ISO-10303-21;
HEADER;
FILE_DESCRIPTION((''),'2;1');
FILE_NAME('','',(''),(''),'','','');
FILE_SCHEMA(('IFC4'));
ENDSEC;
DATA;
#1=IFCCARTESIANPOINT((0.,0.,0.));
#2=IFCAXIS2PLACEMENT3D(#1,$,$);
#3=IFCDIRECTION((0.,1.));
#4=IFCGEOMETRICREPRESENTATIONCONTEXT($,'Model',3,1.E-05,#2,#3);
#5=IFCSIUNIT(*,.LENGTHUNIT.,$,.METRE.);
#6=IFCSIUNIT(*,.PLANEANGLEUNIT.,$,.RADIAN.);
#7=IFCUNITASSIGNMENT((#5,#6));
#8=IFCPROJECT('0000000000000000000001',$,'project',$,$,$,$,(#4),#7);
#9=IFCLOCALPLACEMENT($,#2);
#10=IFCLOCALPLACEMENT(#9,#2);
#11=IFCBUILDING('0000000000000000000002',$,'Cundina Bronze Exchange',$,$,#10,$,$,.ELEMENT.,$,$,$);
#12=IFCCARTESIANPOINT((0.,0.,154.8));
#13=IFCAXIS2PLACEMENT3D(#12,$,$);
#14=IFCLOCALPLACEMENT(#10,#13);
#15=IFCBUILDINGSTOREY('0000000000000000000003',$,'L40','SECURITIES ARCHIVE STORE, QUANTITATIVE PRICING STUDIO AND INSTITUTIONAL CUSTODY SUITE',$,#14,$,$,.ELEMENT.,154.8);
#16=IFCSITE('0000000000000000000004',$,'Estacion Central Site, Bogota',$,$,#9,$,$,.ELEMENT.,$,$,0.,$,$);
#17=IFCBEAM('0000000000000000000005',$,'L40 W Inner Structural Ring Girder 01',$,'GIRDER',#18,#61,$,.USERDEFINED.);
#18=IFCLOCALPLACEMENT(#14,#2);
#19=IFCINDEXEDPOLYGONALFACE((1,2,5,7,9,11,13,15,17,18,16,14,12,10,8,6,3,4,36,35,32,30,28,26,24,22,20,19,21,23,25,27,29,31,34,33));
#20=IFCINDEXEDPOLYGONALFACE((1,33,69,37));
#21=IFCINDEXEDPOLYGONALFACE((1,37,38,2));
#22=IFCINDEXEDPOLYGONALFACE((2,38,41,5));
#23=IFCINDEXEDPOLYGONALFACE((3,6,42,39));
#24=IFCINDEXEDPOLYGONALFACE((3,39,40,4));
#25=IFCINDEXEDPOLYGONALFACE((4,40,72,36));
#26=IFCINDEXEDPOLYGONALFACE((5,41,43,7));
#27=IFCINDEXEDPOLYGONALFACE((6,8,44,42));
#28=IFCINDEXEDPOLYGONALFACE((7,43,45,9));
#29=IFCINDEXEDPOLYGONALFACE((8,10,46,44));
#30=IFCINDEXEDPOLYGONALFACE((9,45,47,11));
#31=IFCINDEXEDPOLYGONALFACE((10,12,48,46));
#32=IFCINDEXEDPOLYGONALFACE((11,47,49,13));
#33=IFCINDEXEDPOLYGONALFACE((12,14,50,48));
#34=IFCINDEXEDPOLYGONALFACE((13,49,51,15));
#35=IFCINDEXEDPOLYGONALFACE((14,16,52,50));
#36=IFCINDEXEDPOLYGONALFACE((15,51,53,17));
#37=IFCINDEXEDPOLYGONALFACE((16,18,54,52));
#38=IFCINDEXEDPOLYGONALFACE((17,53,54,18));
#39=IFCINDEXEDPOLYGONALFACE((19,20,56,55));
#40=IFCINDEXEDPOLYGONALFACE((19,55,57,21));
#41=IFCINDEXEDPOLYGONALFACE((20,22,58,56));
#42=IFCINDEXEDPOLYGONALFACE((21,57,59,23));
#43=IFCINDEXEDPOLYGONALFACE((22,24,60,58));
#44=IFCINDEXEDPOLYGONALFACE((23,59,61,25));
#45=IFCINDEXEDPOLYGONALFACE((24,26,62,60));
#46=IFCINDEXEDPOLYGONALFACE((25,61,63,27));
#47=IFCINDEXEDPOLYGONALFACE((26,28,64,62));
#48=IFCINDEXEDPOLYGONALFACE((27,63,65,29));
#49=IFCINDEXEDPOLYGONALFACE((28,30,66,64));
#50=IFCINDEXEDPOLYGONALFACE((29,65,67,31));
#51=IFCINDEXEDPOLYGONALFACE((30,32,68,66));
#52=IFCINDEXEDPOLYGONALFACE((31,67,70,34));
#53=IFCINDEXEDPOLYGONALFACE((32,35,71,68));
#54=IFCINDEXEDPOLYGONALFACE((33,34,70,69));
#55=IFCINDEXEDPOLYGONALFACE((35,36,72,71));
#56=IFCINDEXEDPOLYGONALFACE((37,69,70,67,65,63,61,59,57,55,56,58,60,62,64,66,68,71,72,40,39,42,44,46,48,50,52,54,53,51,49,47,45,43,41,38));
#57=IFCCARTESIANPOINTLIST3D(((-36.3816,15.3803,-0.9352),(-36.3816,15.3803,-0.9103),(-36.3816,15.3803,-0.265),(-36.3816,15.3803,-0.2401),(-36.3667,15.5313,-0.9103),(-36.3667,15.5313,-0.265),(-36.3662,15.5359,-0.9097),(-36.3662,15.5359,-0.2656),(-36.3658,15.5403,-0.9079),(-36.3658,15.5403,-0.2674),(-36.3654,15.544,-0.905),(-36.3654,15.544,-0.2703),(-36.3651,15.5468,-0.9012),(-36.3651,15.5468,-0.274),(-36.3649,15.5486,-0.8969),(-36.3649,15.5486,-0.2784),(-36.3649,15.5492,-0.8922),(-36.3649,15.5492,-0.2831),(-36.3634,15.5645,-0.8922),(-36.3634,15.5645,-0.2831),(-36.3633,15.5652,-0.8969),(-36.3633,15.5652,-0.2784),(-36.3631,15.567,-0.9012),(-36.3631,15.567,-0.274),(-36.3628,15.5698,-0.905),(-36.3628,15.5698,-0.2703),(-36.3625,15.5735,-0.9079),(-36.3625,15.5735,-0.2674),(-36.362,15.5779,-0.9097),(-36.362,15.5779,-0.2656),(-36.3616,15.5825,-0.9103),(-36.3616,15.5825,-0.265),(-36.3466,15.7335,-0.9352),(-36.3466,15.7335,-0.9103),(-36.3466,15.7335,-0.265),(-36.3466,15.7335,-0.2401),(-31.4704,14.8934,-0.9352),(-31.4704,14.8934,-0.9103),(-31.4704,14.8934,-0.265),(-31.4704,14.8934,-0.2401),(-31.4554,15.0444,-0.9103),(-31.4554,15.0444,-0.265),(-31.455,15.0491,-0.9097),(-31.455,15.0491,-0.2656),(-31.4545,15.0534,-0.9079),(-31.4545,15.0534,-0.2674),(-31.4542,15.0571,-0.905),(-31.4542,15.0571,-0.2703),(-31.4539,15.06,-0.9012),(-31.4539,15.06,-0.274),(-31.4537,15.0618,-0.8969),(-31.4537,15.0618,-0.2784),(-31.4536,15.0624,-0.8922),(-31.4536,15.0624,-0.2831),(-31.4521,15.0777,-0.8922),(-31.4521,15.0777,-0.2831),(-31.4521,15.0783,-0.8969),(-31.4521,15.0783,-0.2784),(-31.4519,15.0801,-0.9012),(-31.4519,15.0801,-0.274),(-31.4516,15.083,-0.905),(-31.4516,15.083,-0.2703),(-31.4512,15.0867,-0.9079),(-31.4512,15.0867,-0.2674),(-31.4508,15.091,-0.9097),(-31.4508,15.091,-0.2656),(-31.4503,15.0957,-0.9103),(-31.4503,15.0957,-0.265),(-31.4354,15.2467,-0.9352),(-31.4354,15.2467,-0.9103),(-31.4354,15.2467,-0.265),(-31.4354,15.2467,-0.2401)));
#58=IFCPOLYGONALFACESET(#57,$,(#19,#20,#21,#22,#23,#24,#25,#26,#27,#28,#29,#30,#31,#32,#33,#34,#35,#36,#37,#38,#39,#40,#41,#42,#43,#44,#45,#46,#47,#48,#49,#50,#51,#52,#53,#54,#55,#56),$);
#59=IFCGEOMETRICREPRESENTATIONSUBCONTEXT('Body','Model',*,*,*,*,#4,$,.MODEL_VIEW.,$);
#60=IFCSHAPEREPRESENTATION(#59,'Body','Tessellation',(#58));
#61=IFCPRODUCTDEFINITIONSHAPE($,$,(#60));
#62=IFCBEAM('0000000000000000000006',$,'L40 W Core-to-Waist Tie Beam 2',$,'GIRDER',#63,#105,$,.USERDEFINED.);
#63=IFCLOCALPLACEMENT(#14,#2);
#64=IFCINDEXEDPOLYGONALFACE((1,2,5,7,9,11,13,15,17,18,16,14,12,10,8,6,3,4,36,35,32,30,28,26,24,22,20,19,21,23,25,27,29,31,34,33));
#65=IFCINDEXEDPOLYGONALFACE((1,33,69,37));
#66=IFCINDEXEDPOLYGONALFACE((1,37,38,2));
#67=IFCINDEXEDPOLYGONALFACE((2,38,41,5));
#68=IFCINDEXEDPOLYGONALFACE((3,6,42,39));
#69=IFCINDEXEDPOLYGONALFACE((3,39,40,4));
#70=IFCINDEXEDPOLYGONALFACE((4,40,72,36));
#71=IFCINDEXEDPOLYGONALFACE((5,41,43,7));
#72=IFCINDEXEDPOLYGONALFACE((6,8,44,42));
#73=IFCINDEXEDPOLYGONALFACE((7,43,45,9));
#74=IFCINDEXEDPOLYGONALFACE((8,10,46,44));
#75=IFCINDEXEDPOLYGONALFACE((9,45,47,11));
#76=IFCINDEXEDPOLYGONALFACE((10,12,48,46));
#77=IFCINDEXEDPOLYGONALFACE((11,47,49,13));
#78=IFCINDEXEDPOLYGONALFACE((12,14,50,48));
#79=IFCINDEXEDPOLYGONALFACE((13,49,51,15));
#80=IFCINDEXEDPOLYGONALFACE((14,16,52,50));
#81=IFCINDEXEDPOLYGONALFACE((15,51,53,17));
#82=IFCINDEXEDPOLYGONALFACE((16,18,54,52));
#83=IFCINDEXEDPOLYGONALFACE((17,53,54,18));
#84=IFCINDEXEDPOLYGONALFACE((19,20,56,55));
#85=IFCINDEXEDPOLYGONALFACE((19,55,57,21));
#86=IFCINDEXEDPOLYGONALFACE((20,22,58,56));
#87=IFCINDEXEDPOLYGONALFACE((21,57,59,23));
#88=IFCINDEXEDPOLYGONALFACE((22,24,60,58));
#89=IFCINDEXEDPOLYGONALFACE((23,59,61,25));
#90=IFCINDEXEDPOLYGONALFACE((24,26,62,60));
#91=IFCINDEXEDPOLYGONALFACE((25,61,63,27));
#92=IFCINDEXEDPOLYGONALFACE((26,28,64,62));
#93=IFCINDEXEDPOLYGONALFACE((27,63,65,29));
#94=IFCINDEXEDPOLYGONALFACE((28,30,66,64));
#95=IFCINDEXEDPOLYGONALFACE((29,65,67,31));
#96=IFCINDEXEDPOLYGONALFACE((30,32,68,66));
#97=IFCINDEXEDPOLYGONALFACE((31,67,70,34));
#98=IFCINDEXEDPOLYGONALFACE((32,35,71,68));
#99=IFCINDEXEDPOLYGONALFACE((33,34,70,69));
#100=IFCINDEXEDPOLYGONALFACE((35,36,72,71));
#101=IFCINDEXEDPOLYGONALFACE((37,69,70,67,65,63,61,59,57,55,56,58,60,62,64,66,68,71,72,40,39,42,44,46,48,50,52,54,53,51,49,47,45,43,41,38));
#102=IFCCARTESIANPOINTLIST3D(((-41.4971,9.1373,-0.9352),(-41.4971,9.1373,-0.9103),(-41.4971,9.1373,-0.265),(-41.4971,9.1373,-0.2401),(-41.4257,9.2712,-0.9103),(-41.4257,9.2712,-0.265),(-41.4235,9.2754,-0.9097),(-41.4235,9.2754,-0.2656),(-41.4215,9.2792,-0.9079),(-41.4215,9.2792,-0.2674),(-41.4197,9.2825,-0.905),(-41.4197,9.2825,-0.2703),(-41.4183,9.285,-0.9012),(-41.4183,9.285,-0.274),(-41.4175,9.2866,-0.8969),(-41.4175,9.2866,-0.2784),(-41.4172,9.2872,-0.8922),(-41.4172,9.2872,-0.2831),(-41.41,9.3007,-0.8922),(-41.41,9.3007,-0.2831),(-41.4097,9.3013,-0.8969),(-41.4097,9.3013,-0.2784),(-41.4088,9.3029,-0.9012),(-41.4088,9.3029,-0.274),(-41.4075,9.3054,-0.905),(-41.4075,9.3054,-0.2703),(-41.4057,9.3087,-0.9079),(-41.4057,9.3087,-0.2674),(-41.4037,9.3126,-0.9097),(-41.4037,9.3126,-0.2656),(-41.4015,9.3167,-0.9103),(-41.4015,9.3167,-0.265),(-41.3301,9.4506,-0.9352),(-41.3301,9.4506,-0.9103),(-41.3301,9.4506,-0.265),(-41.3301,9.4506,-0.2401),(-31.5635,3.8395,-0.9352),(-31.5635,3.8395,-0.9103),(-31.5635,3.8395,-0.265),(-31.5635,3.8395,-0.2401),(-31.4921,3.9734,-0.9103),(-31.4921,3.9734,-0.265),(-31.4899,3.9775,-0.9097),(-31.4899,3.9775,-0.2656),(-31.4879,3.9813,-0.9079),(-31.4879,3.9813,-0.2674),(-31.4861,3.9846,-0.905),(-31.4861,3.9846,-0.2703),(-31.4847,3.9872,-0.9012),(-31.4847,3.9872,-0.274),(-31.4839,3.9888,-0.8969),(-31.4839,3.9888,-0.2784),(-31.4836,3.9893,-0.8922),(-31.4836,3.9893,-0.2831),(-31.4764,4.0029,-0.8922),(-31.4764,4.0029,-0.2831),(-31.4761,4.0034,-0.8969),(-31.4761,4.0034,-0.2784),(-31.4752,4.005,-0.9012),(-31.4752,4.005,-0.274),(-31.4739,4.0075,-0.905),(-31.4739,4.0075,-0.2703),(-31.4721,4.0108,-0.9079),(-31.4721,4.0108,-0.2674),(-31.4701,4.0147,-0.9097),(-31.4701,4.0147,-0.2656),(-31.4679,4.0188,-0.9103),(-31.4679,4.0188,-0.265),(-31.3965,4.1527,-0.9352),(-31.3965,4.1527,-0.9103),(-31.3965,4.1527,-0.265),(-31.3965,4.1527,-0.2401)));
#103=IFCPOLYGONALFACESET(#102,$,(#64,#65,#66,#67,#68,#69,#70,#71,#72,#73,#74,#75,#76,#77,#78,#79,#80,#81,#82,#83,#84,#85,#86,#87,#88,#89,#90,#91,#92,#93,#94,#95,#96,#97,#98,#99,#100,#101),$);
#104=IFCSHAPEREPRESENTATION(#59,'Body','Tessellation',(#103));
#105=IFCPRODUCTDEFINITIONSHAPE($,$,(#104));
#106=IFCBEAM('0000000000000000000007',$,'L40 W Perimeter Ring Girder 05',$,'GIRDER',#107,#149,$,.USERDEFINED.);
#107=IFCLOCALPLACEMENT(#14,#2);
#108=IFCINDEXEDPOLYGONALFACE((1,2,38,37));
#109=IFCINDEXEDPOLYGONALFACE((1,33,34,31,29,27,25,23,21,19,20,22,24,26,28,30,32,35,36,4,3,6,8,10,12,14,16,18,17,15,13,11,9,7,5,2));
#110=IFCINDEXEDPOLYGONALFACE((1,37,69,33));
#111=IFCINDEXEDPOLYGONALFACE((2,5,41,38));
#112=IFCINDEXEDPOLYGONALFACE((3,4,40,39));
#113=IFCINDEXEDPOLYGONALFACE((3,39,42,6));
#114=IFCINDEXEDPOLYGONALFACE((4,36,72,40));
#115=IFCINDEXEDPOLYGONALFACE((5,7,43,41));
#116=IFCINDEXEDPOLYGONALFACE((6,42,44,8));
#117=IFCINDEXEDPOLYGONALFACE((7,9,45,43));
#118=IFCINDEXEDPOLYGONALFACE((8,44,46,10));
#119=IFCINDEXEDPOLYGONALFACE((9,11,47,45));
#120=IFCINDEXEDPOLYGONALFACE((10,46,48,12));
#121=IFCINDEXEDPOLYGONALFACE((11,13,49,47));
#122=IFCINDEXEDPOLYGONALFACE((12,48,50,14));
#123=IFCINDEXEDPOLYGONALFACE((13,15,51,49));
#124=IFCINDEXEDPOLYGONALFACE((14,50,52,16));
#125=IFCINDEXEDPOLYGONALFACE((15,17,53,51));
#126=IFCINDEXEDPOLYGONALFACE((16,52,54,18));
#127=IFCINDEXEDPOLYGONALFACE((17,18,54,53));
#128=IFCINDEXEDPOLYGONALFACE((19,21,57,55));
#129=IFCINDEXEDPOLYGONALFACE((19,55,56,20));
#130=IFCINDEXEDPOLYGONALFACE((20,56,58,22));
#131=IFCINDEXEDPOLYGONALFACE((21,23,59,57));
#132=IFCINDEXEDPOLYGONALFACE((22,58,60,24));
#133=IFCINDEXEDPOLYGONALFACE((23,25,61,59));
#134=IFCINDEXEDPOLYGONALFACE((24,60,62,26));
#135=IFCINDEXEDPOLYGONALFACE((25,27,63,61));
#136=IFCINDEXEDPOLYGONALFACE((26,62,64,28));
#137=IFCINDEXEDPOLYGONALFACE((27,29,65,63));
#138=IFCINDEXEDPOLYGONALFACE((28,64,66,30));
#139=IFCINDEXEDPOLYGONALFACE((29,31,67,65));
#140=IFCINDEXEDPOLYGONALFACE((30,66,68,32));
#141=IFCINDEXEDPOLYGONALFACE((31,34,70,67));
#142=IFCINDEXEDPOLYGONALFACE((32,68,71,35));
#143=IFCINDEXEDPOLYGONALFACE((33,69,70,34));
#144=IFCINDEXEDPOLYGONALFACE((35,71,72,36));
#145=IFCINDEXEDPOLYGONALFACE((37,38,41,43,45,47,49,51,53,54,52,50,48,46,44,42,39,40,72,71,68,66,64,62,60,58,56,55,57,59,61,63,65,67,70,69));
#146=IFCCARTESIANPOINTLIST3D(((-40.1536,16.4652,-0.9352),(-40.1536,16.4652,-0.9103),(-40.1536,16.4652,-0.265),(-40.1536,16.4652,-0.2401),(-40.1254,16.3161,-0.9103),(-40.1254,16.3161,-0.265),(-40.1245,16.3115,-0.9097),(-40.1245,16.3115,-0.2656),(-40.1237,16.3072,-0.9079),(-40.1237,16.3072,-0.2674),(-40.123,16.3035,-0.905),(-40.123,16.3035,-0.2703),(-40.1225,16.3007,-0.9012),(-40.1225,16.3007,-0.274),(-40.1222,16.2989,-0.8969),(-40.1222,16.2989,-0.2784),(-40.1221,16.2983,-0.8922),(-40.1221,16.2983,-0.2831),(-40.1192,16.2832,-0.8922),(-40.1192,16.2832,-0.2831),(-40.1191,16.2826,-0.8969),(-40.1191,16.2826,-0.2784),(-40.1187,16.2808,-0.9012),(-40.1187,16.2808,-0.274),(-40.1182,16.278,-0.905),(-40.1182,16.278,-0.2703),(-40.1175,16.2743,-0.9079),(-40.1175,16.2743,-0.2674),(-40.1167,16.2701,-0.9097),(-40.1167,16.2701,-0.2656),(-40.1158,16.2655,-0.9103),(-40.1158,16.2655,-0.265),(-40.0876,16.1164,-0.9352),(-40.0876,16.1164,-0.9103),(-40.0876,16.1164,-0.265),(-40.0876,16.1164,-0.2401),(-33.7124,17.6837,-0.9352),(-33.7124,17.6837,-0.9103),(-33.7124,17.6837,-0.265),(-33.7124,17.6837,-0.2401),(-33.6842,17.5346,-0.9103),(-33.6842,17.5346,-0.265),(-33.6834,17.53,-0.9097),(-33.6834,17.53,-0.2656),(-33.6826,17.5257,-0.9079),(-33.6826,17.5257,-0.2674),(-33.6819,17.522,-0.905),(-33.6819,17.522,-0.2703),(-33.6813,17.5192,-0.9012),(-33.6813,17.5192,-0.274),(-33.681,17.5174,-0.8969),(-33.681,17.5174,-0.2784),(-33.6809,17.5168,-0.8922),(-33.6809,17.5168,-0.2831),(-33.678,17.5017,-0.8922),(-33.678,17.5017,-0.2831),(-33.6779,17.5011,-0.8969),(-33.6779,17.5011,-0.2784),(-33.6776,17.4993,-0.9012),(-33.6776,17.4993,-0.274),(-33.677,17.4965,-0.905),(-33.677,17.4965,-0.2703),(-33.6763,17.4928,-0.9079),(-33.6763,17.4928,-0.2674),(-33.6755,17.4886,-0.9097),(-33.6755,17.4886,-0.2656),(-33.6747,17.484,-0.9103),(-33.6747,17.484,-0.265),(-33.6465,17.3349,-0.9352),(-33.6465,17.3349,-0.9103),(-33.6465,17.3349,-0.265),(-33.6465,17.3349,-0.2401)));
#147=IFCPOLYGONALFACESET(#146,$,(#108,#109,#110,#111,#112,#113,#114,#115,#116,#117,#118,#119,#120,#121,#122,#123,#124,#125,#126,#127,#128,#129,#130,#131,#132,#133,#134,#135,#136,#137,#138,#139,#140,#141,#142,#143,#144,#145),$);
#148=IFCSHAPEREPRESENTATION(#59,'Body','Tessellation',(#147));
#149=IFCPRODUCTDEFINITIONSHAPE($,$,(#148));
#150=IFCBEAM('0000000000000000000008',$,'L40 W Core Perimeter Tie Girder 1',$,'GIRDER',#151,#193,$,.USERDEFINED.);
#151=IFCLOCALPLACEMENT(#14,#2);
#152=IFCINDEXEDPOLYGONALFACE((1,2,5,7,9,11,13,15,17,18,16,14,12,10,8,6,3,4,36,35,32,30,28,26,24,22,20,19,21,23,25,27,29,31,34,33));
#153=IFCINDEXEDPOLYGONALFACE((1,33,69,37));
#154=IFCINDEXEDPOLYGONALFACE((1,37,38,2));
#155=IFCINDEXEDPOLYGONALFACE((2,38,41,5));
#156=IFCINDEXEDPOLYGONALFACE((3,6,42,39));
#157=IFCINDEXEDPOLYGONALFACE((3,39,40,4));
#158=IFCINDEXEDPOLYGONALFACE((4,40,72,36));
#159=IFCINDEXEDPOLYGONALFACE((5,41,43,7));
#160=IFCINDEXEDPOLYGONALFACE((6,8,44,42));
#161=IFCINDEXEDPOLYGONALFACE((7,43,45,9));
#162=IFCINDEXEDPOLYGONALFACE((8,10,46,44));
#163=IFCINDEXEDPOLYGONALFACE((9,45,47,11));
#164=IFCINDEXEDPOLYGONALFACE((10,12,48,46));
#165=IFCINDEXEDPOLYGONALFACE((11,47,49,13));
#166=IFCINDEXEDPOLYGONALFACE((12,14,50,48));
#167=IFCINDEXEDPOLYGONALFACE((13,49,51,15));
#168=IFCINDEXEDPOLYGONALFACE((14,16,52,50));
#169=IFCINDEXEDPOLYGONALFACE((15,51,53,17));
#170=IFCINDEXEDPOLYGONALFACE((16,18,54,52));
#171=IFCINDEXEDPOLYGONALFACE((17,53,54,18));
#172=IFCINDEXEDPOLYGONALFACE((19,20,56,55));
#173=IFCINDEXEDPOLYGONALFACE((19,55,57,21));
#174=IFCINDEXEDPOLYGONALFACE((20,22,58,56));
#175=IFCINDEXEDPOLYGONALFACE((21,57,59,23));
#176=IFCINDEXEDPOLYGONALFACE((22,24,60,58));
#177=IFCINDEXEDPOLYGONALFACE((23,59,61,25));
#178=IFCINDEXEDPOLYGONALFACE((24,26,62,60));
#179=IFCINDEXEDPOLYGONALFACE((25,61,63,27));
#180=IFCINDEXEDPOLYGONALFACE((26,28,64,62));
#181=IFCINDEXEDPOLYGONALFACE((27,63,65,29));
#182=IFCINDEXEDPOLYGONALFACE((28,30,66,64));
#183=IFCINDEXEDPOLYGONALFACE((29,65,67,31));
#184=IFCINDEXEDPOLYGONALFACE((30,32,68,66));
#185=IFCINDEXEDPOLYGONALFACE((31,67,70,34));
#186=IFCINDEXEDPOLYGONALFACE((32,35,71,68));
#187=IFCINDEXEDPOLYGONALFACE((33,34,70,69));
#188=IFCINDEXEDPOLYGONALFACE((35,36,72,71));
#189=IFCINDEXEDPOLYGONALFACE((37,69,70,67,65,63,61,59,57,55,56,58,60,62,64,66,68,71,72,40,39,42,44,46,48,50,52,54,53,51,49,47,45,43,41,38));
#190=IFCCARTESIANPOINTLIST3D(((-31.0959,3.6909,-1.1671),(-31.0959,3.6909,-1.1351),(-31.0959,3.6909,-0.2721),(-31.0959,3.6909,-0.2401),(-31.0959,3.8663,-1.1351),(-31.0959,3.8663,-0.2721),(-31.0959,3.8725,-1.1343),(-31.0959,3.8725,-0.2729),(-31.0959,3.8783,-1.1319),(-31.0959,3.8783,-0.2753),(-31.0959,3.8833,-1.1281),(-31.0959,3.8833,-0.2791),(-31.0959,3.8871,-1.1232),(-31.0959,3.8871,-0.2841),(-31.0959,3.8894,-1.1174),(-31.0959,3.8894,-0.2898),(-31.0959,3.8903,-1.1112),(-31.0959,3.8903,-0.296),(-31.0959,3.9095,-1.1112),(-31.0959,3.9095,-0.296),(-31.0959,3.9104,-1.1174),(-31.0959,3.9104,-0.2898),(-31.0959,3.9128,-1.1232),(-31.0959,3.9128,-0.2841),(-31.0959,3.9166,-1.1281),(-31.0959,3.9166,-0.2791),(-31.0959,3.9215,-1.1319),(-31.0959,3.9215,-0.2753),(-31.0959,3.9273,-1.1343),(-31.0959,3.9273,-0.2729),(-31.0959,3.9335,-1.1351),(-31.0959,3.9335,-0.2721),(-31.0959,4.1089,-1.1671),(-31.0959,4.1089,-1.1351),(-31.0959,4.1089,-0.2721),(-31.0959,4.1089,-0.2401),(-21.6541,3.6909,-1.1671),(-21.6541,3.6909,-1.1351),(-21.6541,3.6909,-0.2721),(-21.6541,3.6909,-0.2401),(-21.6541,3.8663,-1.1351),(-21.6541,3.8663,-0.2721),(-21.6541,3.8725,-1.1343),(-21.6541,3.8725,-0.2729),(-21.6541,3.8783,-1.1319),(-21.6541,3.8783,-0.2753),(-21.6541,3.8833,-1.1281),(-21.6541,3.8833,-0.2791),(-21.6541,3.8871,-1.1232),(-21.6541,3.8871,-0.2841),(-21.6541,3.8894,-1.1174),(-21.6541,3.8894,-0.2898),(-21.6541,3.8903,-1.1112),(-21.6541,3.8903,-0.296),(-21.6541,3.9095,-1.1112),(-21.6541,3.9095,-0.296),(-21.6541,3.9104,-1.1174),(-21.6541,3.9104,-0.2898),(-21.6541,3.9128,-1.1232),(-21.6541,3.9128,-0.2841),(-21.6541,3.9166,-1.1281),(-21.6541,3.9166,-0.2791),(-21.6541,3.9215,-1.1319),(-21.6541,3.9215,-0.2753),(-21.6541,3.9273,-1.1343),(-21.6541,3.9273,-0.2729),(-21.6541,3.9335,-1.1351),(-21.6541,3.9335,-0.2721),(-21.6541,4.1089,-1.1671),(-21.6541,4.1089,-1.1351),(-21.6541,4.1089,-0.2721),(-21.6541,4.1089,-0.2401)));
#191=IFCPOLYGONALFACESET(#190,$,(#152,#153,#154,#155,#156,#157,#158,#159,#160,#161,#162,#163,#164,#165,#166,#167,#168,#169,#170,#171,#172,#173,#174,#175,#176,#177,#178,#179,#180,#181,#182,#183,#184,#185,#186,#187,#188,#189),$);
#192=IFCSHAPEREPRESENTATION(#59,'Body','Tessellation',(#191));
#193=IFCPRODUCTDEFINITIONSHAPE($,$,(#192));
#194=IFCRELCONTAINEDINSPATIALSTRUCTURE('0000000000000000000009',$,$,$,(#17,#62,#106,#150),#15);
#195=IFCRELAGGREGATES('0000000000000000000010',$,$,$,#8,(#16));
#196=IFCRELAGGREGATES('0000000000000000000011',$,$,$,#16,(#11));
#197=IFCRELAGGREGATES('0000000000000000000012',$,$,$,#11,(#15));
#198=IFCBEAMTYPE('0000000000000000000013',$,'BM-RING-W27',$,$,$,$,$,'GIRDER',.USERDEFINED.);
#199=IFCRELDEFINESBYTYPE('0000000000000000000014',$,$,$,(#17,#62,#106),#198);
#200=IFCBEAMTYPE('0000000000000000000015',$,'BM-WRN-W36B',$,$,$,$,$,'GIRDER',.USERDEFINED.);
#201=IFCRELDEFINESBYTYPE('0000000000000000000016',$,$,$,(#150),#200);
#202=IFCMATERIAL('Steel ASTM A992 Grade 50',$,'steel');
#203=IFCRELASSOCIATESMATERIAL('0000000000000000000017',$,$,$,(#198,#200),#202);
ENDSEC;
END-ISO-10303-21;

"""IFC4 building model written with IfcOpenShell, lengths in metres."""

from ifc_helpers import new_model, si_unit, direction, frame, origin, origin_2d, place, context, subcontext, project, spatial, i_section, extrude, material, material_profile, profile_set, type_object, element, save


model = new_model("IFC4")

# Units and contexts
model_context = context("Model", 3, precision=1e-05, world=origin(), true_north=direction((0.0, 1.0)))
body_context = subcontext(model_context, "Body", "Model", "MODEL_VIEW")
ifc_project = project(units=[si_unit("LENGTHUNIT", "METRE"), si_unit("PLANEANGLEUNIT", "RADIAN")], contexts=[model_context])

# Site, building, storey
site_placement = place(None, origin())
site = spatial("IfcSite", under=ifc_project, at=site_placement, Name="Estacion Central Site, Bogota", CompositionType="ELEMENT", RefElevation=0.0)
building_placement = place(site_placement, origin())
building = spatial("IfcBuilding", under=site, at=building_placement, Name="Cundina Bronze Exchange", CompositionType="ELEMENT")
storey_placement = place(building_placement, frame((0.0, 0.0, 154.8)))
storey = spatial("IfcBuildingStorey", under=building, at=storey_placement, Name="L40", Description="SECURITIES ARCHIVE STORE, QUANTITATIVE PRICING STUDIO AND INSTITUTIONAL CUSTODY SUITE", CompositionType="ELEMENT", Elevation=154.8)

# Shared definitions
ifc_material_1 = material(Name="Steel ASTM A992 Grade 50", Category="steel")

# Beams
ifc_material_profile_1 = material_profile(ifc_material_1, i_section(OverallWidth=0.355, OverallDepth=0.6951, WebThickness=0.0154, FlangeThickness=0.0249, FilletRadius=0.0181, at=origin_2d()), Name="W27X146", Category="steel")
ifc_profile_set_1 = profile_set([ifc_material_profile_1], Name="Steel ASTM A992 Grade 50")
beam_type_1 = type_object("IfcBeamType", Name="BM-RING-W27", ElementType="GIRDER", PredefinedType="USERDEFINED", material=ifc_profile_set_1)
beam_1_placement = place(storey_placement, frame((-31.4529, 15.0701, -0.5876), z_axis=(-0.995123, 0.098642, 0.0), x_axis=(-0.098642, -0.995123, 0.0)))
element("IfcBeam", 1, at=beam_1_placement, inside=storey, type_object=beam_type_1, Name="L40 W Inner Structural Ring Girder 01", ObjectType="GIRDER", PredefinedType="USERDEFINED", context=body_context, shape_type="SweptSolid", body=[
    extrude(i_section(OverallWidth=0.355, OverallDepth=0.6951, WebThickness=0.0154, FlangeThickness=0.0249, FilletRadius=0.0181, at=origin_2d()), origin(), (0.0, 0.0, 1.0), 4.9353),
])
beam_2_placement = place(storey_placement, frame((-31.48, 3.9961, -0.5876), z_axis=(-0.882355, 0.470584, 0.0), x_axis=(-0.470584, -0.882355, 0.0)))
element("IfcBeam", 2, at=beam_2_placement, inside=storey, type_object=beam_type_1, Name="L40 W Core-to-Waist Tie Beam 2", ObjectType="GIRDER", PredefinedType="USERDEFINED", context=body_context, shape_type="SweptSolid", body=[
    extrude(i_section(OverallWidth=0.355, OverallDepth=0.6951, WebThickness=0.0154, FlangeThickness=0.0249, FilletRadius=0.0181, at=origin_2d()), origin(), (0.0, 0.0, 1.0), 11.2581),
])
beam_3_placement = place(storey_placement, frame((-33.6794, 17.5093, -0.5876), z_axis=(-0.982573, -0.185878, 0.0), x_axis=(0.185878, -0.982573, 0.0)))
element("IfcBeam", 3, at=beam_3_placement, inside=storey, type_object=beam_type_1, Name="L40 W Perimeter Ring Girder 05", ObjectType="GIRDER", PredefinedType="USERDEFINED", context=body_context, shape_type="SweptSolid", body=[
    extrude(i_section(OverallWidth=0.355, OverallDepth=0.6951, WebThickness=0.0154, FlangeThickness=0.0249, FilletRadius=0.0181, at=origin_2d()), origin(), (0.0, 0.0, 1.0), 6.5554),
])
ifc_material_profile_2 = material_profile(ifc_material_1, i_section(OverallWidth=0.418, OverallDepth=0.927, WebThickness=0.0193, FlangeThickness=0.032, FilletRadius=0.0239, at=origin_2d()), Name="W36X231", Category="steel")
ifc_profile_set_2 = profile_set([ifc_material_profile_2], Name="Steel ASTM A992 Grade 50")
beam_type_2 = type_object("IfcBeamType", Name="BM-WRN-W36B", ElementType="GIRDER", PredefinedType="USERDEFINED", material=ifc_profile_set_2)
beam_4_placement = place(storey_placement, frame((-31.0959, 3.8999, -0.7036), z_axis=(1.0, 0.0, 0.0), x_axis=(0.0, 1.0, 0.0)))
element("IfcBeam", 4, at=beam_4_placement, inside=storey, type_object=beam_type_2, Name="L40 W Core Perimeter Tie Girder 1", ObjectType="GIRDER", PredefinedType="USERDEFINED", context=body_context, shape_type="SweptSolid", body=[
    extrude(i_section(OverallWidth=0.418, OverallDepth=0.927, WebThickness=0.0193, FlangeThickness=0.032, FilletRadius=0.0239, at=origin_2d()), origin(), (0.0, 0.0, 1.0), 9.4419),
])

save(model, "model.ifc")
